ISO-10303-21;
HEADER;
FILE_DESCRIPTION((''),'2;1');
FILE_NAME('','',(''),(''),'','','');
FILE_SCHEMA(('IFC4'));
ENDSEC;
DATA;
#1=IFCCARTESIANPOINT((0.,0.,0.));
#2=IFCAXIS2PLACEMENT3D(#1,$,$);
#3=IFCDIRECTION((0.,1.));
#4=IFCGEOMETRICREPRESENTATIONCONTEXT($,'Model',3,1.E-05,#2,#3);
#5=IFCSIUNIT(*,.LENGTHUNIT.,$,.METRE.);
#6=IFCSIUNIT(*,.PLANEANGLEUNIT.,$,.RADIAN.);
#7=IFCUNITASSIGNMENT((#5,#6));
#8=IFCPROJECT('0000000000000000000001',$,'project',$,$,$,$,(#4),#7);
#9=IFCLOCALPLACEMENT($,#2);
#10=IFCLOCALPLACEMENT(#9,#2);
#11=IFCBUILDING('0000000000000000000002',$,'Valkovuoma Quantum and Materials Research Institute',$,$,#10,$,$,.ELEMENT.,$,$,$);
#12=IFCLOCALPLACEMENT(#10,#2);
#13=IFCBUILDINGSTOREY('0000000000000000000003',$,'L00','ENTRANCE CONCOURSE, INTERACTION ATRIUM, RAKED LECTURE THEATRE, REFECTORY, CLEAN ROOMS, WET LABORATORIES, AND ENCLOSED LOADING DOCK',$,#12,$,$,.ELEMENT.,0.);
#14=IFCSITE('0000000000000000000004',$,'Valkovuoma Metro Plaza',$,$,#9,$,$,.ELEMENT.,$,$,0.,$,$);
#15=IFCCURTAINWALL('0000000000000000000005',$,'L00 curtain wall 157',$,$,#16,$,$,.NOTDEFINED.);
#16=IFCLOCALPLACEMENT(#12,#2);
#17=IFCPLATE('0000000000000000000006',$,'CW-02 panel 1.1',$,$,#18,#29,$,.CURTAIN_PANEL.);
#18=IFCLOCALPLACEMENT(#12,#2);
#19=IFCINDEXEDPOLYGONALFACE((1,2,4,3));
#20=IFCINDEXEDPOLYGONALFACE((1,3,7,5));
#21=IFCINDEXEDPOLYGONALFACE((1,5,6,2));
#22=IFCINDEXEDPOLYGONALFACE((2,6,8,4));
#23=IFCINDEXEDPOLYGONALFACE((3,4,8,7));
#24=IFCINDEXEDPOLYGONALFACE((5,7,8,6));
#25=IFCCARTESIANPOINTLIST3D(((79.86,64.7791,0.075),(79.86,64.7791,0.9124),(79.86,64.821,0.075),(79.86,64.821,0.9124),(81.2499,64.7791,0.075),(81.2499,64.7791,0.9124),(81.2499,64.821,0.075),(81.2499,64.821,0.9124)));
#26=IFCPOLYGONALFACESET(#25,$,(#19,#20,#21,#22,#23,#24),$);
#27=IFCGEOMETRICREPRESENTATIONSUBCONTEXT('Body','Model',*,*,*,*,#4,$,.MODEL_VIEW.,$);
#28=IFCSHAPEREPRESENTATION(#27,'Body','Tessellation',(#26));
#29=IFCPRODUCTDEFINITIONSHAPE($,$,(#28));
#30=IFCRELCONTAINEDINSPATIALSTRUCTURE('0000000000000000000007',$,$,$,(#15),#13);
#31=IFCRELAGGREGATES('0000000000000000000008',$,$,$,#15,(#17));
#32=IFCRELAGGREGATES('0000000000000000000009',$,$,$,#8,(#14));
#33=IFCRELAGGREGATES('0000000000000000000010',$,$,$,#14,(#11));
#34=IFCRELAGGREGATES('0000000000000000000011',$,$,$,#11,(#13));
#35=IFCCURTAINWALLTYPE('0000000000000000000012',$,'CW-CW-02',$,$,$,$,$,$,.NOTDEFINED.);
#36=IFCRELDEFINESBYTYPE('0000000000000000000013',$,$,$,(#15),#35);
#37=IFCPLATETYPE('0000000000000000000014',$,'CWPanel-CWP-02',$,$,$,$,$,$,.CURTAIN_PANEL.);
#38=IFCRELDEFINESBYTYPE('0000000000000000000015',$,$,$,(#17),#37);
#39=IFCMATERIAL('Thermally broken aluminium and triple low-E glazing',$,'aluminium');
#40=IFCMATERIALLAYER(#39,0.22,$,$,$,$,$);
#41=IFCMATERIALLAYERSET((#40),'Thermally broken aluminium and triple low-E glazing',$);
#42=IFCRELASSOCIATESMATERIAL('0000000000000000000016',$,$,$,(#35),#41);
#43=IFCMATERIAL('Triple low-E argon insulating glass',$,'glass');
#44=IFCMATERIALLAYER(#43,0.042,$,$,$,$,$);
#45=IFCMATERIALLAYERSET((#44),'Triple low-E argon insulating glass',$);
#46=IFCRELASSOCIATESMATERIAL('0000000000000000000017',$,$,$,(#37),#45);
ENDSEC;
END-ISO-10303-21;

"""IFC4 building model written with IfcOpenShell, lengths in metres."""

from ifc_helpers import new_model, si_unit, direction, frame, origin, origin_2d, place, context, subcontext, project, spatial, rectangle, extrude, material, layer, layer_set, type_object, element, aggregate, save


model = new_model("IFC4")

# Units and contexts
model_context = context("Model", 3, precision=1e-05, world=origin(), true_north=direction((0.0, 1.0)))
body_context = subcontext(model_context, "Body", "Model", "MODEL_VIEW")
ifc_project = project(units=[si_unit("LENGTHUNIT", "METRE"), si_unit("PLANEANGLEUNIT", "RADIAN")], contexts=[model_context])

# Site, building, storey
site_placement = place(None, origin())
site = spatial("IfcSite", under=ifc_project, at=site_placement, Name="Valkovuoma Metro Plaza", CompositionType="ELEMENT", RefElevation=0.0)
building_placement = place(site_placement, origin())
building = spatial("IfcBuilding", under=site, at=building_placement, Name="Valkovuoma Quantum and Materials Research Institute", CompositionType="ELEMENT")
storey_placement = place(building_placement, origin())
storey = spatial("IfcBuildingStorey", under=building, at=storey_placement, Name="L00", Description="ENTRANCE CONCOURSE, INTERACTION ATRIUM, RAKED LECTURE THEATRE, REFECTORY, CLEAN ROOMS, WET LABORATORIES, AND ENCLOSED LOADING DOCK", CompositionType="ELEMENT", Elevation=0.0)

# Shared definitions
ifc_material_1 = material(Name="Thermally broken aluminium and triple low-E glazing", Category="aluminium")
ifc_layer_1 = layer(ifc_material_1, 0.22)
ifc_layer_set_1 = layer_set([ifc_layer_1], Name="Thermally broken aluminium and triple low-E glazing")
curtain_wall_type = type_object("IfcCurtainWallType", Name="CW-CW-02", PredefinedType="NOTDEFINED", material=ifc_layer_set_1)

# Curtain wall
curtain_wall_1_placement = place(storey_placement, origin())
curtain_wall_1 = element("IfcCurtainWall", 1, at=curtain_wall_1_placement, inside=storey, type_object=curtain_wall_type, Name="L00 curtain wall 157", PredefinedType="NOTDEFINED")

# Plate
ifc_material_2 = material(Name="Triple low-E argon insulating glass", Category="glass")
ifc_layer_2 = layer(ifc_material_2, 0.042)
ifc_layer_set_2 = layer_set([ifc_layer_2], Name="Triple low-E argon insulating glass")
plate_type = type_object("IfcPlateType", Name="CWPanel-CWP-02", PredefinedType="CURTAIN_PANEL", material=ifc_layer_set_2)
plate_1_placement = place(storey_placement, frame((80.5549, 64.8, 0.075), z_axis=(0.0, 0.0, 1.0), x_axis=(1.0, 0.0, 0.0)))
plate_1 = element("IfcPlate", 2, at=plate_1_placement, type_object=plate_type, Name="CW-02 panel 1.1", PredefinedType="CURTAIN_PANEL", context=body_context, shape_type="SweptSolid", body=[
    extrude(rectangle(XDim=1.3899, YDim=0.042, at=origin_2d()), origin(), (0.0, 0.0, 1.0), 0.8374),
])
aggregate(curtain_wall_1, [plate_1])

save(model, "model.ifc")
